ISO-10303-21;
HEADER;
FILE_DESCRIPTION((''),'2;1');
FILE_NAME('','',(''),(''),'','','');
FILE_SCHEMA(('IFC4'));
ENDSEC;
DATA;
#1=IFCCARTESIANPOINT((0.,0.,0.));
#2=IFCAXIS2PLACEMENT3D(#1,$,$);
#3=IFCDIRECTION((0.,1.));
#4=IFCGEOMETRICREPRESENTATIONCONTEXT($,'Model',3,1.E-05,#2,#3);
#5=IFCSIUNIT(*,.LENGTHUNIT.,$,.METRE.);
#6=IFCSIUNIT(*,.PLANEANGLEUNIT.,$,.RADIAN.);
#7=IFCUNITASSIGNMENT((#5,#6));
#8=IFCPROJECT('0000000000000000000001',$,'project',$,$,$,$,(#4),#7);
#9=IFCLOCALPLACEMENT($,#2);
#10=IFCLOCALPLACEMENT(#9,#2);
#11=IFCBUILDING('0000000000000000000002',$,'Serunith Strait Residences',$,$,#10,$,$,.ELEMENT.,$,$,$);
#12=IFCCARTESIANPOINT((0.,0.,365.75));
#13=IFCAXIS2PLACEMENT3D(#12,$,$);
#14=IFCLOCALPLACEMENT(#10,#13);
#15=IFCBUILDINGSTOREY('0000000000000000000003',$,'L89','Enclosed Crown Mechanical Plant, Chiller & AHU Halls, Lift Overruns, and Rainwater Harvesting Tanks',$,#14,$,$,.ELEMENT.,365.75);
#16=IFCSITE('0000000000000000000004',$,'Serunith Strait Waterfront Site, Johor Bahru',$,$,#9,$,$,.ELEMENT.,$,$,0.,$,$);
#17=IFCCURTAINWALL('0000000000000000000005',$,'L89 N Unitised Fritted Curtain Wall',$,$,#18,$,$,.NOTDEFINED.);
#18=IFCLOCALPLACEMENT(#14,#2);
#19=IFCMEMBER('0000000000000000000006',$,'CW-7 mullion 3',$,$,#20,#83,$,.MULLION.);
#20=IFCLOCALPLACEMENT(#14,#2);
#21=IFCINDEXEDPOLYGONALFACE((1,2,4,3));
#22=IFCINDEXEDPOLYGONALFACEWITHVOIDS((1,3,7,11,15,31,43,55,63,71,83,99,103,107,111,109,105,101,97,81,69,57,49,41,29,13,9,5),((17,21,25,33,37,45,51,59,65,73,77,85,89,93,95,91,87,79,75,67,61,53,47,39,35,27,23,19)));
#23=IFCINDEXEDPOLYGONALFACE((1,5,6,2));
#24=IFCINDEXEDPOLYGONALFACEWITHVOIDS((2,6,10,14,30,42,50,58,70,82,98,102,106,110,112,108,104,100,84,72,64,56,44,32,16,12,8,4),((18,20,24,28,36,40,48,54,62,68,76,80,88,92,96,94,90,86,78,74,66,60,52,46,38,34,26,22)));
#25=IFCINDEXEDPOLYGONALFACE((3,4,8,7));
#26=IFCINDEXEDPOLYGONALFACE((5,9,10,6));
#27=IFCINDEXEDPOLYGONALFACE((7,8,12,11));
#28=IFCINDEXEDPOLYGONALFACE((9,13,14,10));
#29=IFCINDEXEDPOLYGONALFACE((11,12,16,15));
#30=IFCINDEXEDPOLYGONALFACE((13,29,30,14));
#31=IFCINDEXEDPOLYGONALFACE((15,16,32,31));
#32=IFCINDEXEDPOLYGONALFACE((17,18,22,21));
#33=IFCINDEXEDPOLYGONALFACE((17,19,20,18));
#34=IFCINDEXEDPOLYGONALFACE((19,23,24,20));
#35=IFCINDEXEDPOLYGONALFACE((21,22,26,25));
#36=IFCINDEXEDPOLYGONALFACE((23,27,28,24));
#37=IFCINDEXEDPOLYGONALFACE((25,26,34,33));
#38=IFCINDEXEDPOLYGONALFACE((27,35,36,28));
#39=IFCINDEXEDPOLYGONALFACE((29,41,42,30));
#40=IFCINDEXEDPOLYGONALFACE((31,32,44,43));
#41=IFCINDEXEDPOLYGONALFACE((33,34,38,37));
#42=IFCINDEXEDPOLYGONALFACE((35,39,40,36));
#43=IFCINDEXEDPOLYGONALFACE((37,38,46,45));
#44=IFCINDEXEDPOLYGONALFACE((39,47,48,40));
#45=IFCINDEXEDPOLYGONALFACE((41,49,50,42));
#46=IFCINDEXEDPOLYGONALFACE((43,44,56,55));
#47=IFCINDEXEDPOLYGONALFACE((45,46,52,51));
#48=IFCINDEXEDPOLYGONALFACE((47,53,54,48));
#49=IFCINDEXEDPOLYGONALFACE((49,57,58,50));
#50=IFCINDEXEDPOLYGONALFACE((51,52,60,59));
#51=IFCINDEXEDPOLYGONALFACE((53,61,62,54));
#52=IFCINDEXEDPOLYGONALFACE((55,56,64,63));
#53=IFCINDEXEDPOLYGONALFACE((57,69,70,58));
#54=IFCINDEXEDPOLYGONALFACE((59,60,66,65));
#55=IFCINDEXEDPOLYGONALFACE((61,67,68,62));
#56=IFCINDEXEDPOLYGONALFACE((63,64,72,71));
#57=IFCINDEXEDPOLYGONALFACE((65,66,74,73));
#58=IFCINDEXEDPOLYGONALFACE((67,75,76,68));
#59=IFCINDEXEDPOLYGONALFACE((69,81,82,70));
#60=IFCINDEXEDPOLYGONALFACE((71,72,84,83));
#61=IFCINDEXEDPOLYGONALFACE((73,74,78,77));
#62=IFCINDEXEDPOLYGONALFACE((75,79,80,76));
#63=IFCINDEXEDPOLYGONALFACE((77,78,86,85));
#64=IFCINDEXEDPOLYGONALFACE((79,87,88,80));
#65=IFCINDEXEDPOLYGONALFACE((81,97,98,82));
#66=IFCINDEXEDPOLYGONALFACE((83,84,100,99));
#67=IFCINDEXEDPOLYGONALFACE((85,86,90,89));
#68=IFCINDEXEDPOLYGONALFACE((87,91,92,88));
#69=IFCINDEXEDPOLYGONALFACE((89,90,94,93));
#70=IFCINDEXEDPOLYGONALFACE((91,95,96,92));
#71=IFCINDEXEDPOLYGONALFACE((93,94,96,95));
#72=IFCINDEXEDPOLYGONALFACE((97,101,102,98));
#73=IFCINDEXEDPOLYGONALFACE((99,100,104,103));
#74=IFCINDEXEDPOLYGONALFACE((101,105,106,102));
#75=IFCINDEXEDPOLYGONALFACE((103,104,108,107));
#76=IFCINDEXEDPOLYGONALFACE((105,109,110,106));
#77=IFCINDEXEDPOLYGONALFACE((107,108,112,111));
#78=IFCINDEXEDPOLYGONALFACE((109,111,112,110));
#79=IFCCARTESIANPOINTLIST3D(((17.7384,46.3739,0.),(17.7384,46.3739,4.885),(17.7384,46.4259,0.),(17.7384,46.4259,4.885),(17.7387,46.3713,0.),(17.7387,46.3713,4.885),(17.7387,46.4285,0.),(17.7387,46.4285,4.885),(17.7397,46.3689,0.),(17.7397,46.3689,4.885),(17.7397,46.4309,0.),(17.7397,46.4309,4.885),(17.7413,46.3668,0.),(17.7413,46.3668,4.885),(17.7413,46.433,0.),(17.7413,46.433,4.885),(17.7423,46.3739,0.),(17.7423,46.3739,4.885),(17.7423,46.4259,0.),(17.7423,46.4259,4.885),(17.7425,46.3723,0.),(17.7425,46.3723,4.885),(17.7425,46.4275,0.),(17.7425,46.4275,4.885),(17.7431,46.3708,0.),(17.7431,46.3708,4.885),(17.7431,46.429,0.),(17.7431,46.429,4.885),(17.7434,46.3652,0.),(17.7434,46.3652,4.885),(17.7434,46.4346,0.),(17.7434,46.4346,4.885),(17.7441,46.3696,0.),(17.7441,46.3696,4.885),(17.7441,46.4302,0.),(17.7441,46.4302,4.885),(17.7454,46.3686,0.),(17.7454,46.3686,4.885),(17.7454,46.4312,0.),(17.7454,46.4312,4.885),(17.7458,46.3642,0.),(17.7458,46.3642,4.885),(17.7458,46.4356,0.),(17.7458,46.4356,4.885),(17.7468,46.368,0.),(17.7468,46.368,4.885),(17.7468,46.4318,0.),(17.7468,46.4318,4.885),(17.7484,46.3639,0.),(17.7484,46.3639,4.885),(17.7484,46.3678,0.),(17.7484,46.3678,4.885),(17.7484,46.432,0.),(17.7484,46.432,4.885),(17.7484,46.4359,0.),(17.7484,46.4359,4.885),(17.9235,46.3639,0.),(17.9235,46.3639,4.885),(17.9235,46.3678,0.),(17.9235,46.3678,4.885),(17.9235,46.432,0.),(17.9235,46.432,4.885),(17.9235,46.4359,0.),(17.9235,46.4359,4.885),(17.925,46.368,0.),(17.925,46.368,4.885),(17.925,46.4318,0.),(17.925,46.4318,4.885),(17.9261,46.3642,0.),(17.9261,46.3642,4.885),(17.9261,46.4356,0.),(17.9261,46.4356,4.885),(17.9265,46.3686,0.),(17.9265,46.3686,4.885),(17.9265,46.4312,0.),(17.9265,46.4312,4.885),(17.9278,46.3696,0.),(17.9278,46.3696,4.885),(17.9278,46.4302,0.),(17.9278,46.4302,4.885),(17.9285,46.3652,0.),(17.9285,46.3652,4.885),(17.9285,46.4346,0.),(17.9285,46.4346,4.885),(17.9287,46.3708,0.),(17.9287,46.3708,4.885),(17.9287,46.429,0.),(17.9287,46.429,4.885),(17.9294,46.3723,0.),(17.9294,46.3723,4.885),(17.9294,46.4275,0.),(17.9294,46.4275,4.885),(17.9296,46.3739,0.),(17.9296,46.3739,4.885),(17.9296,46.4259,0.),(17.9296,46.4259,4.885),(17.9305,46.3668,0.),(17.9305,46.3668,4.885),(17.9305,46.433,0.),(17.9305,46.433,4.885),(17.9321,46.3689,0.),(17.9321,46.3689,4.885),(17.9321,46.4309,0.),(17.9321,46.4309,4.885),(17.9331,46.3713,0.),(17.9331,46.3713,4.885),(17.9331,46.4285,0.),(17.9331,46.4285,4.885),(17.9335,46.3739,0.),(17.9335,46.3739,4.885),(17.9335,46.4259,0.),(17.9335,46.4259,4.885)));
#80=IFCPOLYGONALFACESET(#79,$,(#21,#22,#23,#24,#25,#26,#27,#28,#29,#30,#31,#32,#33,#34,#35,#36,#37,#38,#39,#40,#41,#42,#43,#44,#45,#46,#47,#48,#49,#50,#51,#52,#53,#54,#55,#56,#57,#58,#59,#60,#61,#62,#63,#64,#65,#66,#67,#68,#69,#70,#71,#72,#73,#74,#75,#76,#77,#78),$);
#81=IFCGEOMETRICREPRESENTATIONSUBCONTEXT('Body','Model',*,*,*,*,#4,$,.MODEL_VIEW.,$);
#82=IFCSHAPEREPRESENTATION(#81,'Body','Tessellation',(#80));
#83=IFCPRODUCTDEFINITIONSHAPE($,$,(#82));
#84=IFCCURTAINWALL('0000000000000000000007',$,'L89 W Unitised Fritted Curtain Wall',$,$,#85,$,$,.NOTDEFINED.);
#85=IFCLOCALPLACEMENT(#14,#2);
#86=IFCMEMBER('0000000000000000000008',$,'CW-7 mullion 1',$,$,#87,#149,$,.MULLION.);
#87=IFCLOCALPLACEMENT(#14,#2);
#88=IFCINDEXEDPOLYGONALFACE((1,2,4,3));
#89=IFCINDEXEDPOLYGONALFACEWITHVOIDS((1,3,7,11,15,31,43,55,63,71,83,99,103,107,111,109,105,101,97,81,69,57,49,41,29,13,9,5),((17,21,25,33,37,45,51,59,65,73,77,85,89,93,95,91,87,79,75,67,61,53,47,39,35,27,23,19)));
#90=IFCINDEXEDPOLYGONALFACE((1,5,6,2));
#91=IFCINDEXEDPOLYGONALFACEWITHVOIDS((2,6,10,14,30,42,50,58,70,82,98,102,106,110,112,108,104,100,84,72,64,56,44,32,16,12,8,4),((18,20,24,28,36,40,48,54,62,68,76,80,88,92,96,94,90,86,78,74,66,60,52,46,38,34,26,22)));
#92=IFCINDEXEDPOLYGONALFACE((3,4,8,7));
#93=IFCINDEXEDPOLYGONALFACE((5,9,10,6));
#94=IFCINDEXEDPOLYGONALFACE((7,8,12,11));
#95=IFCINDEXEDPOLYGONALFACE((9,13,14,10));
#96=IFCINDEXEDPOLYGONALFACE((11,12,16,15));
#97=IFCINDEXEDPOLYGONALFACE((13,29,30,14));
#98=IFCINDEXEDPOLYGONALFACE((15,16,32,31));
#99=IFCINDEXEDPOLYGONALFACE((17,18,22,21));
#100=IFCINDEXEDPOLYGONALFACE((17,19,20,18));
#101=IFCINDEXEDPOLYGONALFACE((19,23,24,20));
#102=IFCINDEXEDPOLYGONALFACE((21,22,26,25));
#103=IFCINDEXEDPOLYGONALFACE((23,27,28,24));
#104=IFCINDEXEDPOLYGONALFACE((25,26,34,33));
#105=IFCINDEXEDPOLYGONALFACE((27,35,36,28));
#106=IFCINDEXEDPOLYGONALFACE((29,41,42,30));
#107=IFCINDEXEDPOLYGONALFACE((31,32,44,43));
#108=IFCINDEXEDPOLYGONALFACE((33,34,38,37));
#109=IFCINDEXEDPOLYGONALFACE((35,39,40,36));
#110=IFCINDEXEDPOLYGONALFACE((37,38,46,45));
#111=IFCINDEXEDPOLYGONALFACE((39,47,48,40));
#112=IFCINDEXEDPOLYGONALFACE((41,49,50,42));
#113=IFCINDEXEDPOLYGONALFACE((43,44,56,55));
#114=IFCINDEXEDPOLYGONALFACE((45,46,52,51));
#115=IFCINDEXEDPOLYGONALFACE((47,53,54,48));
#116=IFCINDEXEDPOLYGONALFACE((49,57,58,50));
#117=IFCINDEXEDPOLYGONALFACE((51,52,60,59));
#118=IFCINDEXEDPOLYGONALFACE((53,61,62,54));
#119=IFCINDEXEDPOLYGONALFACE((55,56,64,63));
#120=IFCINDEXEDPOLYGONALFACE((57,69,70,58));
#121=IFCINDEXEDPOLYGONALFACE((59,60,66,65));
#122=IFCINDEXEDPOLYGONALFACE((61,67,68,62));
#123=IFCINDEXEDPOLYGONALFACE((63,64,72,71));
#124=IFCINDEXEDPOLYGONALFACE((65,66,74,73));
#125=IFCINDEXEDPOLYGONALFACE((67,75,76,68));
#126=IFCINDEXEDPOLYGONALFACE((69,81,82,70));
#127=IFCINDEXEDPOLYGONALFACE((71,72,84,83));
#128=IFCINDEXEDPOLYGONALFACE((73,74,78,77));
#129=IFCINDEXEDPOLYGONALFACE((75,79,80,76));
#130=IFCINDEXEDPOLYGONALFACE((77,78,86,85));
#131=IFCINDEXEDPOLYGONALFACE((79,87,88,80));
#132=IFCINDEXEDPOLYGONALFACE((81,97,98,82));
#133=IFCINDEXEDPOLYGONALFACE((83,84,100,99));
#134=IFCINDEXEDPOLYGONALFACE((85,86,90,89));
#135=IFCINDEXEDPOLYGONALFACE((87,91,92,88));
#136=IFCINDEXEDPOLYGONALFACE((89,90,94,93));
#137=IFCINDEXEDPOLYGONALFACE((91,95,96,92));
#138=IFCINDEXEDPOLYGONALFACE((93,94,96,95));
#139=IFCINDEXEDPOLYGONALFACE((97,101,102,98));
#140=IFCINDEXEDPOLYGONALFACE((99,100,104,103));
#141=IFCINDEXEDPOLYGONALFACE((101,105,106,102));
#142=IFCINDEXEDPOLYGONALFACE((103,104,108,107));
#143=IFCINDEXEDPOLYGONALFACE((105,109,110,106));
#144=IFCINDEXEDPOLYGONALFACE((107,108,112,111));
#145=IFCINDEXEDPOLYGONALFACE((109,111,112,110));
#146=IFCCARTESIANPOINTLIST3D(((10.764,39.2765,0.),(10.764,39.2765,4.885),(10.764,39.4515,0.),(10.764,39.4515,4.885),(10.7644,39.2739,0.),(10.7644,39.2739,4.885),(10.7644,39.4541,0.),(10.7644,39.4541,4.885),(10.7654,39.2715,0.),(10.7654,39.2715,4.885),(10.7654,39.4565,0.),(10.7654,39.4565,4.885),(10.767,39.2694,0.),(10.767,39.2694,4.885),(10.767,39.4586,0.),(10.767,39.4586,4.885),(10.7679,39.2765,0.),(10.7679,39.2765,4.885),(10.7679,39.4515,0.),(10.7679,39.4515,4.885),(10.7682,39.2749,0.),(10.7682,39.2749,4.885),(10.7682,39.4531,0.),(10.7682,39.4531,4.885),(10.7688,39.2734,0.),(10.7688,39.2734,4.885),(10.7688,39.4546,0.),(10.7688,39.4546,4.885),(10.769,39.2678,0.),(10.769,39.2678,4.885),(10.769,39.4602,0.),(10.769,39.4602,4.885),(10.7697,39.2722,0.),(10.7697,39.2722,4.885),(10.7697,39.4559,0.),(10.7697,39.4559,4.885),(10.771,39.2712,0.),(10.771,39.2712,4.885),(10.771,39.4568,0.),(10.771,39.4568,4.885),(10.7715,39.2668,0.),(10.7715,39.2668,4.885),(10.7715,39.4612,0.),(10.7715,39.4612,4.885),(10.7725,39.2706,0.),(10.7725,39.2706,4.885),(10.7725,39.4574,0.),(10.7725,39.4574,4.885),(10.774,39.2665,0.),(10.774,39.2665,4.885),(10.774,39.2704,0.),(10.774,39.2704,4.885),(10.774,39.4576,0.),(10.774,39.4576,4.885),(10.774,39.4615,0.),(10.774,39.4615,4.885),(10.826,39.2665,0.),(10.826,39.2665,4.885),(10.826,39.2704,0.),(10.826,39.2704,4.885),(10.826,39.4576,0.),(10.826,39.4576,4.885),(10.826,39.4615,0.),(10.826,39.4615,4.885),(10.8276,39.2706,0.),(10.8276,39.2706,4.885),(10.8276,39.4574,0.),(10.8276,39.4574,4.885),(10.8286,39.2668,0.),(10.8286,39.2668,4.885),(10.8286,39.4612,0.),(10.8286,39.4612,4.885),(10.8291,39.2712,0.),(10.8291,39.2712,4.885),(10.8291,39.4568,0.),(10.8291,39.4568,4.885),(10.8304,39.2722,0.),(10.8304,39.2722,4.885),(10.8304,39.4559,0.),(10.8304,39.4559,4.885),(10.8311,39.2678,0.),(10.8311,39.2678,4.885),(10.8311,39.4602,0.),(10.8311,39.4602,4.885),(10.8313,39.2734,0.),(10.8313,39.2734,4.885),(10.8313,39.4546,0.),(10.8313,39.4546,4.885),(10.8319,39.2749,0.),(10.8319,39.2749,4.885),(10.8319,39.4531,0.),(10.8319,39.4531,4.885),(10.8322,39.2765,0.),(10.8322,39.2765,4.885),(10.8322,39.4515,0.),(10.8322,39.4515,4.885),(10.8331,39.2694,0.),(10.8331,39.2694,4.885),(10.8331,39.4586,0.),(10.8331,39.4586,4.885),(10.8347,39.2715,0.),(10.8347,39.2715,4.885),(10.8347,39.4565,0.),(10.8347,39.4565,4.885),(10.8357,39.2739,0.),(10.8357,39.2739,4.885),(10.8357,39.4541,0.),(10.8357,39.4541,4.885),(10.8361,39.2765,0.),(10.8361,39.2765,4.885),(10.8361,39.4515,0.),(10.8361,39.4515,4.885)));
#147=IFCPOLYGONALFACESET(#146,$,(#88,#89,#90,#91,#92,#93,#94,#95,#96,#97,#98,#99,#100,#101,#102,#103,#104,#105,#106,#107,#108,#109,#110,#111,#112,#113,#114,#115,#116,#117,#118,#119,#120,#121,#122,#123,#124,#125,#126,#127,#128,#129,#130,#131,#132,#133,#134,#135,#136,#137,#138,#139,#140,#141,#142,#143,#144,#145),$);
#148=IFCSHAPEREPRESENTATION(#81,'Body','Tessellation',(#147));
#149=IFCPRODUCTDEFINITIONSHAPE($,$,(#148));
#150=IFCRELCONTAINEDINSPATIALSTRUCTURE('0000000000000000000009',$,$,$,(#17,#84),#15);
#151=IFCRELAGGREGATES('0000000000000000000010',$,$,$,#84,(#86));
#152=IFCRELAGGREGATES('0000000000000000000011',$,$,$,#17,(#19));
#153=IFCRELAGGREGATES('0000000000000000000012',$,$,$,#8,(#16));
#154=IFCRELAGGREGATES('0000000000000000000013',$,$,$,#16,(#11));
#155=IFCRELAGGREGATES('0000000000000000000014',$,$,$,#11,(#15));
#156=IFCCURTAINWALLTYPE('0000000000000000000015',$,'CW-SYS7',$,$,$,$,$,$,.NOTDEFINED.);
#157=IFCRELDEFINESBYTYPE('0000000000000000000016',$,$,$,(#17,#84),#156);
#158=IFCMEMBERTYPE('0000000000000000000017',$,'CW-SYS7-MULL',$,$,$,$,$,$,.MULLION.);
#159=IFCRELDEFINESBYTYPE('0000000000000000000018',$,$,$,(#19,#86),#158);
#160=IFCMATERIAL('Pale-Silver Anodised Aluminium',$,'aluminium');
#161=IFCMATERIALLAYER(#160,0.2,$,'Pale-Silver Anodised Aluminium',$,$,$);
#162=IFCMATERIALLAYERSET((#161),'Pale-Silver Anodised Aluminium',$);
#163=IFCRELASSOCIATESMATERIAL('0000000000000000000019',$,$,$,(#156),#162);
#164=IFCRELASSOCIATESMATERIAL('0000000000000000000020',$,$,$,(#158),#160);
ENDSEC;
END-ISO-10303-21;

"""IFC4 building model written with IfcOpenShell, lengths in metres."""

from ifc_helpers import new_model, si_unit, direction, frame, origin, origin_2d, place, context, subcontext, project, spatial, hollow_rectangle, extrude, source, transform, mapped, material, layer, layer_set, material_profile, profile_set, type_object, element, aggregate, save


model = new_model("IFC4")

# Units and contexts
model_context = context("Model", 3, precision=1e-05, world=origin(), true_north=direction((0.0, 1.0)))
body_context = subcontext(model_context, "Body", "Model", "MODEL_VIEW")
ifc_project = project(units=[si_unit("LENGTHUNIT", "METRE"), si_unit("PLANEANGLEUNIT", "RADIAN")], contexts=[model_context])

# Site, building, storey
site_placement = place(None, origin())
site = spatial("IfcSite", under=ifc_project, at=site_placement, Name="Serunith Strait Waterfront Site, Johor Bahru", CompositionType="ELEMENT", RefElevation=0.0)
building_placement = place(site_placement, origin())
building = spatial("IfcBuilding", under=site, at=building_placement, Name="Serunith Strait Residences", CompositionType="ELEMENT")
storey_placement = place(building_placement, frame((0.0, 0.0, 365.75)))
storey = spatial("IfcBuildingStorey", under=building, at=storey_placement, Name="L89", Description="Enclosed Crown Mechanical Plant, Chiller & AHU Halls, Lift Overruns, and Rainwater Harvesting Tanks", CompositionType="ELEMENT", Elevation=365.75)

# Curtain wall, member
ifc_material_1 = material(Name="Pale-Silver Anodised Aluminium", Category="aluminium")
ifc_layer_1 = layer(ifc_material_1, 0.2, Name="Pale-Silver Anodised Aluminium")
ifc_layer_set_1 = layer_set([ifc_layer_1], Name="Pale-Silver Anodised Aluminium")
curtain_wall_type = type_object("IfcCurtainWallType", Name="CW-SYS7", PredefinedType="NOTDEFINED", material=ifc_layer_set_1)
curtain_wall_1_placement = place(storey_placement, origin())
curtain_wall_1 = element("IfcCurtainWall", 1, at=curtain_wall_1_placement, inside=storey, type_object=curtain_wall_type, Name="L89 N Unitised Fritted Curtain Wall", PredefinedType="NOTDEFINED")
ifc_material_profile_1 = material_profile(ifc_material_1, hollow_rectangle(XDim=0.072, YDim=0.1951, WallThickness=0.0039, InnerFilletRadius=0.0061, OuterFilletRadius=0.01, at=origin_2d()), Name="ALU 195x72x4")
ifc_profile_set_1 = profile_set([ifc_material_profile_1], Name="Pale-Silver Anodised Aluminium")
member_type_1 = type_object("IfcMemberType", Name="CW-SYS7-MULL", PredefinedType="MULLION", material=ifc_profile_set_1)
shared_shape_1 = source(origin(), body_context, "Body", "SweptSolid", [
    extrude(hollow_rectangle(XDim=0.072, YDim=0.1951, WallThickness=0.0039, InnerFilletRadius=0.0061, OuterFilletRadius=0.01, at=origin_2d()), origin(), (0.0, 0.0, 1.0), 4.885),
])
member_1_placement = place(storey_placement, frame((17.8359, 46.3999, 0.0), z_axis=(0.0, 0.0, 1.0), x_axis=(0.0, -1.0, 0.0)))
member_1 = element("IfcMember", 2, at=member_1_placement, type_object=member_type_1, Name="CW-7 mullion 3", PredefinedType="MULLION", context=body_context, shape_type="MappedRepresentation", body=[
    mapped(shared_shape_1, transform((0.0, 0.0, 0.0), scale=1.0)),
])

# Curtain wall, member
curtain_wall_2_placement = place(storey_placement, origin())
curtain_wall_2 = element("IfcCurtainWall", 3, at=curtain_wall_2_placement, inside=storey, type_object=curtain_wall_type, Name="L89 W Unitised Fritted Curtain Wall", PredefinedType="NOTDEFINED")
member_2_placement = place(storey_placement, frame((10.8, 39.364, 0.0), z_axis=(0.0, 0.0, 1.0), x_axis=(1.0, 0.0, 0.0)))
member_2 = element("IfcMember", 4, at=member_2_placement, type_object=member_type_1, Name="CW-7 mullion 1", PredefinedType="MULLION", context=body_context, shape_type="MappedRepresentation", body=[
    mapped(shared_shape_1, transform((0.0, 0.0, 0.0), scale=1.0)),
])

aggregate(curtain_wall_2, [member_2])

aggregate(curtain_wall_1, [member_1])

save(model, "model.ifc")
